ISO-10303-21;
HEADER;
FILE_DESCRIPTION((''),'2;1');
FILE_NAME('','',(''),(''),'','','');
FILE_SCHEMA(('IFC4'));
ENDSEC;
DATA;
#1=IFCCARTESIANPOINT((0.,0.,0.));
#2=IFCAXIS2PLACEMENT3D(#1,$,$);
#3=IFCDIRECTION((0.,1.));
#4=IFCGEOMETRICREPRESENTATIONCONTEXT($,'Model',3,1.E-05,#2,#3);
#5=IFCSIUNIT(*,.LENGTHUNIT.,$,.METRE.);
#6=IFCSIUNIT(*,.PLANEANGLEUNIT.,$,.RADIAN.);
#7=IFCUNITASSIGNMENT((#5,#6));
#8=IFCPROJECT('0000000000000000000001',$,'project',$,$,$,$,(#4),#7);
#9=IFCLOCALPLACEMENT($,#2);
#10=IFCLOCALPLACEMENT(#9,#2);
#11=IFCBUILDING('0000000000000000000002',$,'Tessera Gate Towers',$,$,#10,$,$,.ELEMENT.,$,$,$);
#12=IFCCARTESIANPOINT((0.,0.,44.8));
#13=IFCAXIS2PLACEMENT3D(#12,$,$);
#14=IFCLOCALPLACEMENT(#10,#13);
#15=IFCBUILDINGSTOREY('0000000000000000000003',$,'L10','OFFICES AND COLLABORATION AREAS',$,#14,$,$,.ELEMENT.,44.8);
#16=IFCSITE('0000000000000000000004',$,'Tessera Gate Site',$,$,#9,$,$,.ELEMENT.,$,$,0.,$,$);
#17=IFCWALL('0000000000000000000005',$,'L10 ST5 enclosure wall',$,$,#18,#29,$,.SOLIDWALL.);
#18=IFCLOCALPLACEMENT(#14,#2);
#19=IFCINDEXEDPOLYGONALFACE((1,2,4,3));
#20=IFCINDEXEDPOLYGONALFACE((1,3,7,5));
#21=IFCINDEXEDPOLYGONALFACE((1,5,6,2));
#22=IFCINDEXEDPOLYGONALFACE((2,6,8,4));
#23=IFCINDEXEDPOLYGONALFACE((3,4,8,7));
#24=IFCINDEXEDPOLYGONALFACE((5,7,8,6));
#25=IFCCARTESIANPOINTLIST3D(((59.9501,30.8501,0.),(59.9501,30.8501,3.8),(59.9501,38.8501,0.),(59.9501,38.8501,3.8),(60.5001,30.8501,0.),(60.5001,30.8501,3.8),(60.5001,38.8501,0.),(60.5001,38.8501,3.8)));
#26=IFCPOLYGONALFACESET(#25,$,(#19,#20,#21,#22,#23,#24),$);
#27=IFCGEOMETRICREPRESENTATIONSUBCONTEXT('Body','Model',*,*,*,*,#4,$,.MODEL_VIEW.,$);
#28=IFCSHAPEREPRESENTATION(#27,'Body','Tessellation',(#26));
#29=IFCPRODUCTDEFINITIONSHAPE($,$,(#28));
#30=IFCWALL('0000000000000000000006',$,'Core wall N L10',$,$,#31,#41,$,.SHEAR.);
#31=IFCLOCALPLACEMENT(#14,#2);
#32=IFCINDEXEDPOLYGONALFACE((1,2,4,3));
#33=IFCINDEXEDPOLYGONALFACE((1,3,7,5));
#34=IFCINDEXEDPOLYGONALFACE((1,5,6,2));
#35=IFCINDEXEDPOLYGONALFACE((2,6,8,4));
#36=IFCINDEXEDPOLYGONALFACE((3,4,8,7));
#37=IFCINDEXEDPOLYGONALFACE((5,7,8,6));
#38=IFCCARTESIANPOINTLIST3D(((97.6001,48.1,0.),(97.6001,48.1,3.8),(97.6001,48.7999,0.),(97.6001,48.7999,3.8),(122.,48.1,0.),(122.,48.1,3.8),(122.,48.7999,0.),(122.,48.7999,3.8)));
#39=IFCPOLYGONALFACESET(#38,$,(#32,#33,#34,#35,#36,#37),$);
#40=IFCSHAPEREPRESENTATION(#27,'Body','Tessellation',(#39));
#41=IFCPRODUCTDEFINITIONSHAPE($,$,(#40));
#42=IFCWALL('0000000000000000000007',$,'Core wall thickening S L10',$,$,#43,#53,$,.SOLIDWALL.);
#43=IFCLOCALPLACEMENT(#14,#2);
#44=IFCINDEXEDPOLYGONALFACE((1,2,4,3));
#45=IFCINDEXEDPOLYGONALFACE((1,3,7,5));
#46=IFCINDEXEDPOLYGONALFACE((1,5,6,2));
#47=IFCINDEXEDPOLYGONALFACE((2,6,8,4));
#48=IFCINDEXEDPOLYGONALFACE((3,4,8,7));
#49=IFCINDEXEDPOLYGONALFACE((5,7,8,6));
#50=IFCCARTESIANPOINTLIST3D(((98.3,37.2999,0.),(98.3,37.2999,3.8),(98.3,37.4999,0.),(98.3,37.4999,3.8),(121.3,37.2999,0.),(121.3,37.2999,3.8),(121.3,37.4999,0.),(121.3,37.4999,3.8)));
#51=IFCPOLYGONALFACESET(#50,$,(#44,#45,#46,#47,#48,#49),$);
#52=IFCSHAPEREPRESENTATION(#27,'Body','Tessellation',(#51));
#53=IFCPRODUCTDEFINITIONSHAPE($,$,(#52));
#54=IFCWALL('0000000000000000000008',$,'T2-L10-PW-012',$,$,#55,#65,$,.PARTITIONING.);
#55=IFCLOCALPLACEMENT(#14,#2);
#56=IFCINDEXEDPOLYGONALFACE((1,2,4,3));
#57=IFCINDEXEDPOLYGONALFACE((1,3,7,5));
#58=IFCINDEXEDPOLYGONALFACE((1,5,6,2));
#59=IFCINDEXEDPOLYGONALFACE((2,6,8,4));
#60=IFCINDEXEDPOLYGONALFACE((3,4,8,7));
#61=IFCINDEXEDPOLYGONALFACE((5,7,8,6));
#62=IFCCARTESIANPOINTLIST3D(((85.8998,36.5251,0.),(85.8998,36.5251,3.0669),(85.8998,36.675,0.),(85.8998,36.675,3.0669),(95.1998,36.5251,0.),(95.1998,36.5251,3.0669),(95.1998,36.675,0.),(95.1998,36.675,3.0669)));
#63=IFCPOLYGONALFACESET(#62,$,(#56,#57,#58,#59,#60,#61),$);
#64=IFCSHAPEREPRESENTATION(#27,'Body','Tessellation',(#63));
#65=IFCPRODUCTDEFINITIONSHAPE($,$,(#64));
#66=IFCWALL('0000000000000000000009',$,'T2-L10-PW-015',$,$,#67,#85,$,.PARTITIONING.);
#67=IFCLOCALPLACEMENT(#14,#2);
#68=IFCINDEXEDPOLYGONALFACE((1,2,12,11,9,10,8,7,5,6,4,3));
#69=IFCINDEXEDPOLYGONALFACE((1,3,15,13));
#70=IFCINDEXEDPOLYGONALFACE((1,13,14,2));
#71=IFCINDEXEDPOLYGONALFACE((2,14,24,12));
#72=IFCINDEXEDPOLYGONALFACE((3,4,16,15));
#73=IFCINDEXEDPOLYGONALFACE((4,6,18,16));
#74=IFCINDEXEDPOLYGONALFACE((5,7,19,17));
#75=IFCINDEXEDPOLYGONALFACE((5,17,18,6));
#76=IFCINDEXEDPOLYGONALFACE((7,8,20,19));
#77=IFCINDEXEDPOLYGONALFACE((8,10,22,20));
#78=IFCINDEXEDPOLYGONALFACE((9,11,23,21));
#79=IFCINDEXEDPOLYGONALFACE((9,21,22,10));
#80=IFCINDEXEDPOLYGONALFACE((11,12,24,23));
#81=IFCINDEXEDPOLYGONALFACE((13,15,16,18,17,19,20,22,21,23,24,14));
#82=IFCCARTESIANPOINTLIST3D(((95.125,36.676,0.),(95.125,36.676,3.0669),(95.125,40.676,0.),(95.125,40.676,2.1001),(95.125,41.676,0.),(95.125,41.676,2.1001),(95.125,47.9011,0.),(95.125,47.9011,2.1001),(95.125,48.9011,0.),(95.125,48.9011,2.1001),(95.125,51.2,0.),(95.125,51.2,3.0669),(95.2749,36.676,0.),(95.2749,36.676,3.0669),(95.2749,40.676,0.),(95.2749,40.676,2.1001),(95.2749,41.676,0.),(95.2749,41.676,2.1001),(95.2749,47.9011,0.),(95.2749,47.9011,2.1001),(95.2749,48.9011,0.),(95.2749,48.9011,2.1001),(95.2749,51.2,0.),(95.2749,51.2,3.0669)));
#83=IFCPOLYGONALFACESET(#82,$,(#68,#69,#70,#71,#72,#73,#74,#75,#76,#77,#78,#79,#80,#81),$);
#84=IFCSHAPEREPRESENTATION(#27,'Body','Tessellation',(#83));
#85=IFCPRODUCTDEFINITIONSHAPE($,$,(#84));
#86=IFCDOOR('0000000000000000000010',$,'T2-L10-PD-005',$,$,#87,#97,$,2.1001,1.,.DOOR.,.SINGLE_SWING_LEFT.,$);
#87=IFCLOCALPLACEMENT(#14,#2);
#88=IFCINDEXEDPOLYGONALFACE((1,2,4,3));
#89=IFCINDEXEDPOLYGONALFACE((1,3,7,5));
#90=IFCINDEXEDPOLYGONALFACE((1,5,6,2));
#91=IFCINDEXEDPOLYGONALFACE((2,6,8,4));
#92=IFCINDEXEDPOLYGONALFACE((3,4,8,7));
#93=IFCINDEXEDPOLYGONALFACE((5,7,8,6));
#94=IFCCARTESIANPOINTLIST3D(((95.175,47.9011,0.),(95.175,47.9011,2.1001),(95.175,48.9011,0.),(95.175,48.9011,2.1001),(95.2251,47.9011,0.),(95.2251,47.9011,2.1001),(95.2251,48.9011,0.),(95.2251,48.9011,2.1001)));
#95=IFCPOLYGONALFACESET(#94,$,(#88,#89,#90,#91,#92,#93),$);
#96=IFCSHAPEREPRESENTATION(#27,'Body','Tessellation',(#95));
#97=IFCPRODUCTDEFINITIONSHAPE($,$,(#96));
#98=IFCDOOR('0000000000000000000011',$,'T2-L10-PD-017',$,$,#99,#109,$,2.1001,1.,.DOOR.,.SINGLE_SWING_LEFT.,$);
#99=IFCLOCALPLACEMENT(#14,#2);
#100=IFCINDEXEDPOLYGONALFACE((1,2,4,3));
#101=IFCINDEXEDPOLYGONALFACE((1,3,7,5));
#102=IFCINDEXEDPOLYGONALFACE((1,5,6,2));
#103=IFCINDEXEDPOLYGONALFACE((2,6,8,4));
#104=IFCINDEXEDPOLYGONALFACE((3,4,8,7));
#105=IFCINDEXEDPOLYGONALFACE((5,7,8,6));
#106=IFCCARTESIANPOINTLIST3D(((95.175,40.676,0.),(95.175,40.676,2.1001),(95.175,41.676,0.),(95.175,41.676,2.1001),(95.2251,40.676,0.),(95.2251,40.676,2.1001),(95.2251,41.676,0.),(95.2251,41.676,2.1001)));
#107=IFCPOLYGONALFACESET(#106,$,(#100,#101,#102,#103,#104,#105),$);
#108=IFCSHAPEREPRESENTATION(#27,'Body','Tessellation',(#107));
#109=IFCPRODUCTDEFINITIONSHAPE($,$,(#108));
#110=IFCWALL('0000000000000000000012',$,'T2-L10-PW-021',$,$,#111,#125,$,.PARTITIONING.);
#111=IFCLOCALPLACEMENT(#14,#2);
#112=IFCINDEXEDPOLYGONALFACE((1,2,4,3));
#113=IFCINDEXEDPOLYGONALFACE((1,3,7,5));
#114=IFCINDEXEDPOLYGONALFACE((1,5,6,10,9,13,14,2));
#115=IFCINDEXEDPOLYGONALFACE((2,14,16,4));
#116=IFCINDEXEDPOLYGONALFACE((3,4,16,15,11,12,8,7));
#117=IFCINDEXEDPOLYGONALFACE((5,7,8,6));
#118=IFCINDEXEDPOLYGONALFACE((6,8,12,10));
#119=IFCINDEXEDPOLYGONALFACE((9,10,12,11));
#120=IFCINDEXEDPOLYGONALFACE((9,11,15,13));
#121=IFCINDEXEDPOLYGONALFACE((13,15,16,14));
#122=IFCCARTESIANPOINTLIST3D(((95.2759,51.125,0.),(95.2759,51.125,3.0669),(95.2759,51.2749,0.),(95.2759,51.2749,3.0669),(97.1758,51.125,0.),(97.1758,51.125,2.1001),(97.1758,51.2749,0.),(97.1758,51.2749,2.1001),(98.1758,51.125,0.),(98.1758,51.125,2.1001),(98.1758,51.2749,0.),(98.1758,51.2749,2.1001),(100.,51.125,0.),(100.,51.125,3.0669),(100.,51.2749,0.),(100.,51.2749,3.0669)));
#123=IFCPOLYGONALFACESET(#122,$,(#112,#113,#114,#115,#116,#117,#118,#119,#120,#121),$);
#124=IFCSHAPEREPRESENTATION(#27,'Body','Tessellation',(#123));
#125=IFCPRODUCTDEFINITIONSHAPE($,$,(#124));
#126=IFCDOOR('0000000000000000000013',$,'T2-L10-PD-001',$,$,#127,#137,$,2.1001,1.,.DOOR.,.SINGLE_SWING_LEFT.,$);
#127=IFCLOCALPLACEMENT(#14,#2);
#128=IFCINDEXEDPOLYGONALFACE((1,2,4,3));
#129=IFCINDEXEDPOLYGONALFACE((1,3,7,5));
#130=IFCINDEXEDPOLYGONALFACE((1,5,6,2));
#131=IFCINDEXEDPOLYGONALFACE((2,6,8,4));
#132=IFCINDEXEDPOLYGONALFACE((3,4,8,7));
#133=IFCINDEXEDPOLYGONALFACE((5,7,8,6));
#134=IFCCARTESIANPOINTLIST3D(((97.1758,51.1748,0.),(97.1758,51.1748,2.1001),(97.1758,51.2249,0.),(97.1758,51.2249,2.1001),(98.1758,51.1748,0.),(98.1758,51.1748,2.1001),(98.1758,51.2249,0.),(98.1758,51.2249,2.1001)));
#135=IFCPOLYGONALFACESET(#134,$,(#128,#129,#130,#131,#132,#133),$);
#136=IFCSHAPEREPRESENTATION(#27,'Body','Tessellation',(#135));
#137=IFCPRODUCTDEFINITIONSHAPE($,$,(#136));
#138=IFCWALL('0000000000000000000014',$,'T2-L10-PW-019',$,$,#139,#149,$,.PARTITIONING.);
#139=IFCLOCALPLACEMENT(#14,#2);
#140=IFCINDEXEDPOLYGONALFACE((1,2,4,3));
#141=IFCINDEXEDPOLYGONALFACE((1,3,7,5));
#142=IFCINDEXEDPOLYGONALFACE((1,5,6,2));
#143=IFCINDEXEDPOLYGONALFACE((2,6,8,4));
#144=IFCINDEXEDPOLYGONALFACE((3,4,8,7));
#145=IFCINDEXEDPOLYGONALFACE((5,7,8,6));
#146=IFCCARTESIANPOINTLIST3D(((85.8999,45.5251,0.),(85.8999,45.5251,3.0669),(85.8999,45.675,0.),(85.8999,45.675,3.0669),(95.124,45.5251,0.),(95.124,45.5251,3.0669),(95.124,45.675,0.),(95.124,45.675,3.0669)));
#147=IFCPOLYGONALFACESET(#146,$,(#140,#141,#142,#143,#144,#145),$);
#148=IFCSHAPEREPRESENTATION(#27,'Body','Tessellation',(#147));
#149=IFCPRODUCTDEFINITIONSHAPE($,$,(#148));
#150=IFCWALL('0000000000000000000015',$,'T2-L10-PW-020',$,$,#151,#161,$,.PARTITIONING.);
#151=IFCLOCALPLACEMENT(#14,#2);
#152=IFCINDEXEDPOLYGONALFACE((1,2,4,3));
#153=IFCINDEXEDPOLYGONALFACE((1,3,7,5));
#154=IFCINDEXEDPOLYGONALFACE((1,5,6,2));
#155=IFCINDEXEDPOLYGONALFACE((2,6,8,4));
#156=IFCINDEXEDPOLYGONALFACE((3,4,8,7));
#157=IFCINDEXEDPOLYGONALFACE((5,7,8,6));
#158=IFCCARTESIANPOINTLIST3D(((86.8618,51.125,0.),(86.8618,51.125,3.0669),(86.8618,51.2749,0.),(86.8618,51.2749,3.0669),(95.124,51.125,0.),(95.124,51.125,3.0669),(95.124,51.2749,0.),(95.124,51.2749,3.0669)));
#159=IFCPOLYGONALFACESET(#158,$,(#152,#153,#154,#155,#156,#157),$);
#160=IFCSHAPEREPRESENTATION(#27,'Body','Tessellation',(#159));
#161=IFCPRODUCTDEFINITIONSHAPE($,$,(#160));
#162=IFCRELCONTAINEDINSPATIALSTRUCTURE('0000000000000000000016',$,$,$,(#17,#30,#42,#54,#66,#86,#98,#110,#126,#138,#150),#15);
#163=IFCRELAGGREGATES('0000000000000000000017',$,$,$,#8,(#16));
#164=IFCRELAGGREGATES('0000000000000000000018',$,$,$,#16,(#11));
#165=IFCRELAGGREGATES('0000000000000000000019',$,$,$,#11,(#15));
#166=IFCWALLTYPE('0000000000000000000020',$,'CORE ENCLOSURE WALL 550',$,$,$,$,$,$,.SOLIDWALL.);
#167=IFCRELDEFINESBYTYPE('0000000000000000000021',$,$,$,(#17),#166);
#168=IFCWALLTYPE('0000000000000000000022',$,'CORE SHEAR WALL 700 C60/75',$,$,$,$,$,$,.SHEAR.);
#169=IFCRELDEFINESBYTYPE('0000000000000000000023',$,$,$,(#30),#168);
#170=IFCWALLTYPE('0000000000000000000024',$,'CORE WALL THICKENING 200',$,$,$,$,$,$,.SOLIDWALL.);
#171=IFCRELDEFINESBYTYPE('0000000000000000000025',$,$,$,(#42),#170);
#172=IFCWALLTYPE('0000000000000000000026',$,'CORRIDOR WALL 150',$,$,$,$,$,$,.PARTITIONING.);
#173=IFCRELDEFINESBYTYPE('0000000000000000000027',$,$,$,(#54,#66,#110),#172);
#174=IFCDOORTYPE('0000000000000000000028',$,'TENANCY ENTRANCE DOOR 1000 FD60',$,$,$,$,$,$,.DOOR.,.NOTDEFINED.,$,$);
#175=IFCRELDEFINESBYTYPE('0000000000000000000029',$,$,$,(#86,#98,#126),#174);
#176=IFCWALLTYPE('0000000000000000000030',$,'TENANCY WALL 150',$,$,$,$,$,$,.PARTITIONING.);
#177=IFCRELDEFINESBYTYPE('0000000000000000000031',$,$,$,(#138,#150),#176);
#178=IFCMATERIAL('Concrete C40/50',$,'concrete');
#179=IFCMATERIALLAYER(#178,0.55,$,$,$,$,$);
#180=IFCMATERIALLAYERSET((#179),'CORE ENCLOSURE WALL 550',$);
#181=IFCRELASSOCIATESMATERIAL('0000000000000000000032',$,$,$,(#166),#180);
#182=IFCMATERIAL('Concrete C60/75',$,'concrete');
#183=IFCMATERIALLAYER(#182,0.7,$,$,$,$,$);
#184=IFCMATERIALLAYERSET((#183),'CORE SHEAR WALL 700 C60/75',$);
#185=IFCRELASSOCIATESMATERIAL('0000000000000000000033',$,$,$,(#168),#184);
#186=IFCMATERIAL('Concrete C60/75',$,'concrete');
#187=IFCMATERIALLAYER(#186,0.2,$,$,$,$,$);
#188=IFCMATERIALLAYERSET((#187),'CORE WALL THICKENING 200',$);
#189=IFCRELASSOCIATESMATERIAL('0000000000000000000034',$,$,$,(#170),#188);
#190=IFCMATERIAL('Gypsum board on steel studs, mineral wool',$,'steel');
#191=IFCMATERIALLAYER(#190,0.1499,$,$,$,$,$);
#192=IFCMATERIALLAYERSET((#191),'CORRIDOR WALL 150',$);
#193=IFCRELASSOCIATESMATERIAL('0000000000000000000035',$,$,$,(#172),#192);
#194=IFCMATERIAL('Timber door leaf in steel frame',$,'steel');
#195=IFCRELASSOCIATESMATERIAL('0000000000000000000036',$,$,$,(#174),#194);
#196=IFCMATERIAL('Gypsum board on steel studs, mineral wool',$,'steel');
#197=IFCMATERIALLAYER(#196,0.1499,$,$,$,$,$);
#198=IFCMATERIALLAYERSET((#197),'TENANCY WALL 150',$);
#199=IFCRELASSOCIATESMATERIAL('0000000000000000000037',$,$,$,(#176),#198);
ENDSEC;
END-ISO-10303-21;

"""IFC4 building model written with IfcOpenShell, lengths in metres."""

from ifc_helpers import new_model, si_unit, direction, frame, frame_2d, origin, place, context, subcontext, project, spatial, rectangle, extrude, source, transform, mapped, material, layer, layer_set, type_object, element, fill, save


model = new_model("IFC4")

# Units and contexts
model_context = context("Model", 3, precision=1e-05, world=origin(), true_north=direction((0.0, 1.0)))
body_context = subcontext(model_context, "Body", "Model", "MODEL_VIEW")
ifc_project = project(units=[si_unit("LENGTHUNIT", "METRE"), si_unit("PLANEANGLEUNIT", "RADIAN")], contexts=[model_context])

# Site, building, storey
site_placement = place(None, origin())
site = spatial("IfcSite", under=ifc_project, at=site_placement, Name="Tessera Gate Site", CompositionType="ELEMENT", RefElevation=0.0)
building_placement = place(site_placement, origin())
building = spatial("IfcBuilding", under=site, at=building_placement, Name="Tessera Gate Towers", CompositionType="ELEMENT")
storey_placement = place(building_placement, frame((0.0, 0.0, 44.8)))
storey = spatial("IfcBuildingStorey", under=building, at=storey_placement, Name="L10", Description="OFFICES AND COLLABORATION AREAS", CompositionType="ELEMENT", Elevation=44.8)

# Wall
ifc_material_1 = material(Name="Concrete C40/50", Category="concrete")
ifc_layer_1 = layer(ifc_material_1, 0.55)
ifc_layer_set_1 = layer_set([ifc_layer_1], Name="CORE ENCLOSURE WALL 550")
wall_type_1 = type_object("IfcWallType", Name="CORE ENCLOSURE WALL 550", PredefinedType="SOLIDWALL", material=ifc_layer_set_1)
wall_1_placement = place(storey_placement, frame((60.2251, 38.8501, 0.0), z_axis=(0.0, 0.0, 1.0), x_axis=(0.0, -1.0, 0.0)))
element("IfcWall", 1, at=wall_1_placement, inside=storey, type_object=wall_type_1, Name="L10 ST5 enclosure wall", PredefinedType="SOLIDWALL", context=body_context, shape_type="SweptSolid", body=[
    extrude(rectangle(XDim=8.0, YDim=0.55, at=frame_2d((4.0, 0.0))), origin(), (0.0, 0.0, 1.0), 3.8),
])

# Shared definitions
ifc_material_2 = material(Name="Concrete C60/75", Category="concrete")
ifc_layer_2 = layer(ifc_material_2, 0.7)
ifc_layer_set_2 = layer_set([ifc_layer_2], Name="CORE SHEAR WALL 700 C60/75")
wall_type_2 = type_object("IfcWallType", Name="CORE SHEAR WALL 700 C60/75", PredefinedType="SHEAR", material=ifc_layer_set_2)

# Walls
wall_2_placement = place(storey_placement, frame((97.6001, 48.45, 0.0), z_axis=(0.0, 0.0, 1.0), x_axis=(1.0, 0.0, 0.0)))
element("IfcWall", 2, at=wall_2_placement, inside=storey, type_object=wall_type_2, Name="Core wall N L10", PredefinedType="SHEAR", context=body_context, shape_type="SweptSolid", body=[
    extrude(rectangle(XDim=24.3999, YDim=0.7, at=frame_2d((12.2, 0.0))), origin(), (0.0, 0.0, 1.0), 3.8),
])
ifc_material_3 = material(Name="Concrete C60/75", Category="concrete")
ifc_layer_3 = layer(ifc_material_3, 0.2)
ifc_layer_set_3 = layer_set([ifc_layer_3], Name="CORE WALL THICKENING 200")
wall_type_3 = type_object("IfcWallType", Name="CORE WALL THICKENING 200", PredefinedType="SOLIDWALL", material=ifc_layer_set_3)
wall_3_placement = place(storey_placement, frame((98.3, 37.3999, 0.0), z_axis=(0.0, 0.0, 1.0), x_axis=(1.0, 0.0, 0.0)))
element("IfcWall", 3, at=wall_3_placement, inside=storey, type_object=wall_type_3, Name="Core wall thickening S L10", PredefinedType="SOLIDWALL", context=body_context, shape_type="SweptSolid", body=[
    extrude(rectangle(XDim=23.0, YDim=0.2, at=frame_2d((11.5, 0.0))), origin(), (0.0, 0.0, 1.0), 3.8),
])
ifc_material_4 = material(Name="Gypsum board on steel studs, mineral wool", Category="steel")
ifc_layer_4 = layer(ifc_material_4, 0.1499)
ifc_layer_set_4 = layer_set([ifc_layer_4], Name="CORRIDOR WALL 150")
wall_type_4 = type_object("IfcWallType", Name="CORRIDOR WALL 150", PredefinedType="PARTITIONING", material=ifc_layer_set_4)
wall_4_placement = place(storey_placement, frame((85.8999, 36.6001, 0.0), z_axis=(0.0, 0.0, 1.0), x_axis=(1.0, 0.0, 0.0)))
element("IfcWall", 4, at=wall_4_placement, inside=storey, type_object=wall_type_4, Name="T2-L10-PW-012", PredefinedType="PARTITIONING", context=body_context, shape_type="SweptSolid", body=[
    extrude(rectangle(XDim=9.3, YDim=0.1499, at=frame_2d((4.6499, 0.0))), origin(), (0.0, 0.0, 1.0), 3.0669),
])

# Wall, openings, doors
wall_5_placement = place(storey_placement, frame((95.2, 36.676, 0.0), z_axis=(0.0, 0.0, 1.0), x_axis=(0.0, 1.0, 0.0)))
wall_5 = element("IfcWall", 5, at=wall_5_placement, inside=storey, type_object=wall_type_4, Name="T2-L10-PW-015", PredefinedType="PARTITIONING", context=body_context, shape_type="SweptSolid", body=[
    extrude(rectangle(XDim=14.5239, YDim=0.1499, at=frame_2d((7.262, 0.0))), origin(), (0.0, 0.0, 1.0), 3.0669),
])
shared_shape_1 = source(origin(), body_context, "Body", "SweptSolid", [
    extrude(rectangle(XDim=1.0, YDim=2.1001, at=frame_2d((0.5, 1.05))), frame((0.0, 0.085, 0.0), z_axis=(0.0, -1.0, 0.0), x_axis=(1.0, 0.0, 0.0)), (0.0, 0.0, 1.0), 0.1699),
])
opening_1_placement = place(wall_5_placement, frame((11.2251, 0.0, 0.0)))
opening_1 = element("IfcOpeningElement", 6, at=opening_1_placement, cuts=wall_5, PredefinedType="OPENING", context=body_context, shape_type="MappedRepresentation", body=[
    mapped(shared_shape_1, transform((0.0, 0.0, 0.0), scale=1.0)),
])
opening_2_placement = place(wall_5_placement, frame((4.0, 0.0, 0.0)))
opening_2 = element("IfcOpeningElement", 7, at=opening_2_placement, cuts=wall_5, PredefinedType="OPENING", context=body_context, shape_type="MappedRepresentation", body=[
    mapped(shared_shape_1, transform((0.0, 0.0, 0.0), scale=1.0)),
])
ifc_material_5 = material(Name="Timber door leaf in steel frame", Category="steel")
door_type_1 = type_object("IfcDoorType", Name="TENANCY ENTRANCE DOOR 1000 FD60", OperationType="NOTDEFINED", PredefinedType="DOOR", material=ifc_material_5)
shared_shape_2 = source(origin(), body_context, "Body", "SweptSolid", [
    extrude(rectangle(XDim=1.0, YDim=2.1001, at=frame_2d((0.5, 1.05))), frame((0.0, 0.0249, 0.0), z_axis=(0.0, -1.0, 0.0), x_axis=(1.0, 0.0, 0.0)), (0.0, 0.0, 1.0), 0.05),
])
door_1_placement = place(opening_1_placement, origin())
door_1 = element("IfcDoor", 8, at=door_1_placement, inside=storey, type_object=door_type_1, Name="T2-L10-PD-005", OperationType="SINGLE_SWING_LEFT", OverallHeight=2.1001, OverallWidth=1.0, PredefinedType="DOOR", context=body_context, shape_type="MappedRepresentation", body=[
    mapped(shared_shape_2, transform((0.0, 0.0, 0.0), scale=1.0)),
])
fill(opening_1, door_1)
door_2_placement = place(opening_2_placement, origin())
door_2 = element("IfcDoor", 9, at=door_2_placement, inside=storey, type_object=door_type_1, Name="T2-L10-PD-017", OperationType="SINGLE_SWING_LEFT", OverallHeight=2.1001, OverallWidth=1.0, PredefinedType="DOOR", context=body_context, shape_type="MappedRepresentation", body=[
    mapped(shared_shape_2, transform((0.0, 0.0, 0.0), scale=1.0)),
])
fill(opening_2, door_2)

# Wall, opening, door
wall_6_placement = place(storey_placement, frame((95.2759, 51.2, 0.0), z_axis=(0.0, 0.0, 1.0), x_axis=(1.0, 0.0, 0.0)))
wall_6 = element("IfcWall", 10, at=wall_6_placement, inside=storey, type_object=wall_type_4, Name="T2-L10-PW-021", PredefinedType="PARTITIONING", context=body_context, shape_type="SweptSolid", body=[
    extrude(rectangle(XDim=4.7241, YDim=0.1499, at=frame_2d((2.3621, 0.0))), origin(), (0.0, 0.0, 1.0), 3.0669),
])
opening_3_placement = place(wall_6_placement, frame((1.8999, 0.0, 0.0)))
opening_3 = element("IfcOpeningElement", 11, at=opening_3_placement, cuts=wall_6, PredefinedType="OPENING", context=body_context, shape_type="MappedRepresentation", body=[
    mapped(shared_shape_1, transform((0.0, 0.0, 0.0), scale=1.0)),
])
door_3_placement = place(opening_3_placement, origin())
door_3 = element("IfcDoor", 12, at=door_3_placement, inside=storey, type_object=door_type_1, Name="T2-L10-PD-001", OperationType="SINGLE_SWING_LEFT", OverallHeight=2.1001, OverallWidth=1.0, PredefinedType="DOOR", context=body_context, shape_type="MappedRepresentation", body=[
    mapped(shared_shape_2, transform((0.0, 0.0, 0.0), scale=1.0)),
])
fill(opening_3, door_3)

# Walls
ifc_material_6 = material(Name="Gypsum board on steel studs, mineral wool", Category="steel")
ifc_layer_5 = layer(ifc_material_6, 0.1499)
ifc_layer_set_5 = layer_set([ifc_layer_5], Name="TENANCY WALL 150")
wall_type_5 = type_object("IfcWallType", Name="TENANCY WALL 150", PredefinedType="PARTITIONING", material=ifc_layer_set_5)
wall_7_placement = place(storey_placement, frame((85.8999, 45.6001, 0.0), z_axis=(0.0, 0.0, 1.0), x_axis=(1.0, 0.0, 0.0)))
element("IfcWall", 13, at=wall_7_placement, inside=storey, type_object=wall_type_5, Name="T2-L10-PW-019", PredefinedType="PARTITIONING", context=body_context, shape_type="SweptSolid", body=[
    extrude(rectangle(XDim=9.2241, YDim=0.1499, at=frame_2d((4.6121, 0.0))), origin(), (0.0, 0.0, 1.0), 3.0669),
])
wall_8_placement = place(storey_placement, frame((86.8618, 51.2, 0.0), z_axis=(0.0, 0.0, 1.0), x_axis=(1.0, 0.0, 0.0)))
element("IfcWall", 14, at=wall_8_placement, inside=storey, type_object=wall_type_5, Name="T2-L10-PW-020", PredefinedType="PARTITIONING", context=body_context, shape_type="SweptSolid", body=[
    extrude(rectangle(XDim=8.2622, YDim=0.1499, at=frame_2d((4.1311, 0.0))), origin(), (0.0, 0.0, 1.0), 3.0669),
])

save(model, "model.ifc")
